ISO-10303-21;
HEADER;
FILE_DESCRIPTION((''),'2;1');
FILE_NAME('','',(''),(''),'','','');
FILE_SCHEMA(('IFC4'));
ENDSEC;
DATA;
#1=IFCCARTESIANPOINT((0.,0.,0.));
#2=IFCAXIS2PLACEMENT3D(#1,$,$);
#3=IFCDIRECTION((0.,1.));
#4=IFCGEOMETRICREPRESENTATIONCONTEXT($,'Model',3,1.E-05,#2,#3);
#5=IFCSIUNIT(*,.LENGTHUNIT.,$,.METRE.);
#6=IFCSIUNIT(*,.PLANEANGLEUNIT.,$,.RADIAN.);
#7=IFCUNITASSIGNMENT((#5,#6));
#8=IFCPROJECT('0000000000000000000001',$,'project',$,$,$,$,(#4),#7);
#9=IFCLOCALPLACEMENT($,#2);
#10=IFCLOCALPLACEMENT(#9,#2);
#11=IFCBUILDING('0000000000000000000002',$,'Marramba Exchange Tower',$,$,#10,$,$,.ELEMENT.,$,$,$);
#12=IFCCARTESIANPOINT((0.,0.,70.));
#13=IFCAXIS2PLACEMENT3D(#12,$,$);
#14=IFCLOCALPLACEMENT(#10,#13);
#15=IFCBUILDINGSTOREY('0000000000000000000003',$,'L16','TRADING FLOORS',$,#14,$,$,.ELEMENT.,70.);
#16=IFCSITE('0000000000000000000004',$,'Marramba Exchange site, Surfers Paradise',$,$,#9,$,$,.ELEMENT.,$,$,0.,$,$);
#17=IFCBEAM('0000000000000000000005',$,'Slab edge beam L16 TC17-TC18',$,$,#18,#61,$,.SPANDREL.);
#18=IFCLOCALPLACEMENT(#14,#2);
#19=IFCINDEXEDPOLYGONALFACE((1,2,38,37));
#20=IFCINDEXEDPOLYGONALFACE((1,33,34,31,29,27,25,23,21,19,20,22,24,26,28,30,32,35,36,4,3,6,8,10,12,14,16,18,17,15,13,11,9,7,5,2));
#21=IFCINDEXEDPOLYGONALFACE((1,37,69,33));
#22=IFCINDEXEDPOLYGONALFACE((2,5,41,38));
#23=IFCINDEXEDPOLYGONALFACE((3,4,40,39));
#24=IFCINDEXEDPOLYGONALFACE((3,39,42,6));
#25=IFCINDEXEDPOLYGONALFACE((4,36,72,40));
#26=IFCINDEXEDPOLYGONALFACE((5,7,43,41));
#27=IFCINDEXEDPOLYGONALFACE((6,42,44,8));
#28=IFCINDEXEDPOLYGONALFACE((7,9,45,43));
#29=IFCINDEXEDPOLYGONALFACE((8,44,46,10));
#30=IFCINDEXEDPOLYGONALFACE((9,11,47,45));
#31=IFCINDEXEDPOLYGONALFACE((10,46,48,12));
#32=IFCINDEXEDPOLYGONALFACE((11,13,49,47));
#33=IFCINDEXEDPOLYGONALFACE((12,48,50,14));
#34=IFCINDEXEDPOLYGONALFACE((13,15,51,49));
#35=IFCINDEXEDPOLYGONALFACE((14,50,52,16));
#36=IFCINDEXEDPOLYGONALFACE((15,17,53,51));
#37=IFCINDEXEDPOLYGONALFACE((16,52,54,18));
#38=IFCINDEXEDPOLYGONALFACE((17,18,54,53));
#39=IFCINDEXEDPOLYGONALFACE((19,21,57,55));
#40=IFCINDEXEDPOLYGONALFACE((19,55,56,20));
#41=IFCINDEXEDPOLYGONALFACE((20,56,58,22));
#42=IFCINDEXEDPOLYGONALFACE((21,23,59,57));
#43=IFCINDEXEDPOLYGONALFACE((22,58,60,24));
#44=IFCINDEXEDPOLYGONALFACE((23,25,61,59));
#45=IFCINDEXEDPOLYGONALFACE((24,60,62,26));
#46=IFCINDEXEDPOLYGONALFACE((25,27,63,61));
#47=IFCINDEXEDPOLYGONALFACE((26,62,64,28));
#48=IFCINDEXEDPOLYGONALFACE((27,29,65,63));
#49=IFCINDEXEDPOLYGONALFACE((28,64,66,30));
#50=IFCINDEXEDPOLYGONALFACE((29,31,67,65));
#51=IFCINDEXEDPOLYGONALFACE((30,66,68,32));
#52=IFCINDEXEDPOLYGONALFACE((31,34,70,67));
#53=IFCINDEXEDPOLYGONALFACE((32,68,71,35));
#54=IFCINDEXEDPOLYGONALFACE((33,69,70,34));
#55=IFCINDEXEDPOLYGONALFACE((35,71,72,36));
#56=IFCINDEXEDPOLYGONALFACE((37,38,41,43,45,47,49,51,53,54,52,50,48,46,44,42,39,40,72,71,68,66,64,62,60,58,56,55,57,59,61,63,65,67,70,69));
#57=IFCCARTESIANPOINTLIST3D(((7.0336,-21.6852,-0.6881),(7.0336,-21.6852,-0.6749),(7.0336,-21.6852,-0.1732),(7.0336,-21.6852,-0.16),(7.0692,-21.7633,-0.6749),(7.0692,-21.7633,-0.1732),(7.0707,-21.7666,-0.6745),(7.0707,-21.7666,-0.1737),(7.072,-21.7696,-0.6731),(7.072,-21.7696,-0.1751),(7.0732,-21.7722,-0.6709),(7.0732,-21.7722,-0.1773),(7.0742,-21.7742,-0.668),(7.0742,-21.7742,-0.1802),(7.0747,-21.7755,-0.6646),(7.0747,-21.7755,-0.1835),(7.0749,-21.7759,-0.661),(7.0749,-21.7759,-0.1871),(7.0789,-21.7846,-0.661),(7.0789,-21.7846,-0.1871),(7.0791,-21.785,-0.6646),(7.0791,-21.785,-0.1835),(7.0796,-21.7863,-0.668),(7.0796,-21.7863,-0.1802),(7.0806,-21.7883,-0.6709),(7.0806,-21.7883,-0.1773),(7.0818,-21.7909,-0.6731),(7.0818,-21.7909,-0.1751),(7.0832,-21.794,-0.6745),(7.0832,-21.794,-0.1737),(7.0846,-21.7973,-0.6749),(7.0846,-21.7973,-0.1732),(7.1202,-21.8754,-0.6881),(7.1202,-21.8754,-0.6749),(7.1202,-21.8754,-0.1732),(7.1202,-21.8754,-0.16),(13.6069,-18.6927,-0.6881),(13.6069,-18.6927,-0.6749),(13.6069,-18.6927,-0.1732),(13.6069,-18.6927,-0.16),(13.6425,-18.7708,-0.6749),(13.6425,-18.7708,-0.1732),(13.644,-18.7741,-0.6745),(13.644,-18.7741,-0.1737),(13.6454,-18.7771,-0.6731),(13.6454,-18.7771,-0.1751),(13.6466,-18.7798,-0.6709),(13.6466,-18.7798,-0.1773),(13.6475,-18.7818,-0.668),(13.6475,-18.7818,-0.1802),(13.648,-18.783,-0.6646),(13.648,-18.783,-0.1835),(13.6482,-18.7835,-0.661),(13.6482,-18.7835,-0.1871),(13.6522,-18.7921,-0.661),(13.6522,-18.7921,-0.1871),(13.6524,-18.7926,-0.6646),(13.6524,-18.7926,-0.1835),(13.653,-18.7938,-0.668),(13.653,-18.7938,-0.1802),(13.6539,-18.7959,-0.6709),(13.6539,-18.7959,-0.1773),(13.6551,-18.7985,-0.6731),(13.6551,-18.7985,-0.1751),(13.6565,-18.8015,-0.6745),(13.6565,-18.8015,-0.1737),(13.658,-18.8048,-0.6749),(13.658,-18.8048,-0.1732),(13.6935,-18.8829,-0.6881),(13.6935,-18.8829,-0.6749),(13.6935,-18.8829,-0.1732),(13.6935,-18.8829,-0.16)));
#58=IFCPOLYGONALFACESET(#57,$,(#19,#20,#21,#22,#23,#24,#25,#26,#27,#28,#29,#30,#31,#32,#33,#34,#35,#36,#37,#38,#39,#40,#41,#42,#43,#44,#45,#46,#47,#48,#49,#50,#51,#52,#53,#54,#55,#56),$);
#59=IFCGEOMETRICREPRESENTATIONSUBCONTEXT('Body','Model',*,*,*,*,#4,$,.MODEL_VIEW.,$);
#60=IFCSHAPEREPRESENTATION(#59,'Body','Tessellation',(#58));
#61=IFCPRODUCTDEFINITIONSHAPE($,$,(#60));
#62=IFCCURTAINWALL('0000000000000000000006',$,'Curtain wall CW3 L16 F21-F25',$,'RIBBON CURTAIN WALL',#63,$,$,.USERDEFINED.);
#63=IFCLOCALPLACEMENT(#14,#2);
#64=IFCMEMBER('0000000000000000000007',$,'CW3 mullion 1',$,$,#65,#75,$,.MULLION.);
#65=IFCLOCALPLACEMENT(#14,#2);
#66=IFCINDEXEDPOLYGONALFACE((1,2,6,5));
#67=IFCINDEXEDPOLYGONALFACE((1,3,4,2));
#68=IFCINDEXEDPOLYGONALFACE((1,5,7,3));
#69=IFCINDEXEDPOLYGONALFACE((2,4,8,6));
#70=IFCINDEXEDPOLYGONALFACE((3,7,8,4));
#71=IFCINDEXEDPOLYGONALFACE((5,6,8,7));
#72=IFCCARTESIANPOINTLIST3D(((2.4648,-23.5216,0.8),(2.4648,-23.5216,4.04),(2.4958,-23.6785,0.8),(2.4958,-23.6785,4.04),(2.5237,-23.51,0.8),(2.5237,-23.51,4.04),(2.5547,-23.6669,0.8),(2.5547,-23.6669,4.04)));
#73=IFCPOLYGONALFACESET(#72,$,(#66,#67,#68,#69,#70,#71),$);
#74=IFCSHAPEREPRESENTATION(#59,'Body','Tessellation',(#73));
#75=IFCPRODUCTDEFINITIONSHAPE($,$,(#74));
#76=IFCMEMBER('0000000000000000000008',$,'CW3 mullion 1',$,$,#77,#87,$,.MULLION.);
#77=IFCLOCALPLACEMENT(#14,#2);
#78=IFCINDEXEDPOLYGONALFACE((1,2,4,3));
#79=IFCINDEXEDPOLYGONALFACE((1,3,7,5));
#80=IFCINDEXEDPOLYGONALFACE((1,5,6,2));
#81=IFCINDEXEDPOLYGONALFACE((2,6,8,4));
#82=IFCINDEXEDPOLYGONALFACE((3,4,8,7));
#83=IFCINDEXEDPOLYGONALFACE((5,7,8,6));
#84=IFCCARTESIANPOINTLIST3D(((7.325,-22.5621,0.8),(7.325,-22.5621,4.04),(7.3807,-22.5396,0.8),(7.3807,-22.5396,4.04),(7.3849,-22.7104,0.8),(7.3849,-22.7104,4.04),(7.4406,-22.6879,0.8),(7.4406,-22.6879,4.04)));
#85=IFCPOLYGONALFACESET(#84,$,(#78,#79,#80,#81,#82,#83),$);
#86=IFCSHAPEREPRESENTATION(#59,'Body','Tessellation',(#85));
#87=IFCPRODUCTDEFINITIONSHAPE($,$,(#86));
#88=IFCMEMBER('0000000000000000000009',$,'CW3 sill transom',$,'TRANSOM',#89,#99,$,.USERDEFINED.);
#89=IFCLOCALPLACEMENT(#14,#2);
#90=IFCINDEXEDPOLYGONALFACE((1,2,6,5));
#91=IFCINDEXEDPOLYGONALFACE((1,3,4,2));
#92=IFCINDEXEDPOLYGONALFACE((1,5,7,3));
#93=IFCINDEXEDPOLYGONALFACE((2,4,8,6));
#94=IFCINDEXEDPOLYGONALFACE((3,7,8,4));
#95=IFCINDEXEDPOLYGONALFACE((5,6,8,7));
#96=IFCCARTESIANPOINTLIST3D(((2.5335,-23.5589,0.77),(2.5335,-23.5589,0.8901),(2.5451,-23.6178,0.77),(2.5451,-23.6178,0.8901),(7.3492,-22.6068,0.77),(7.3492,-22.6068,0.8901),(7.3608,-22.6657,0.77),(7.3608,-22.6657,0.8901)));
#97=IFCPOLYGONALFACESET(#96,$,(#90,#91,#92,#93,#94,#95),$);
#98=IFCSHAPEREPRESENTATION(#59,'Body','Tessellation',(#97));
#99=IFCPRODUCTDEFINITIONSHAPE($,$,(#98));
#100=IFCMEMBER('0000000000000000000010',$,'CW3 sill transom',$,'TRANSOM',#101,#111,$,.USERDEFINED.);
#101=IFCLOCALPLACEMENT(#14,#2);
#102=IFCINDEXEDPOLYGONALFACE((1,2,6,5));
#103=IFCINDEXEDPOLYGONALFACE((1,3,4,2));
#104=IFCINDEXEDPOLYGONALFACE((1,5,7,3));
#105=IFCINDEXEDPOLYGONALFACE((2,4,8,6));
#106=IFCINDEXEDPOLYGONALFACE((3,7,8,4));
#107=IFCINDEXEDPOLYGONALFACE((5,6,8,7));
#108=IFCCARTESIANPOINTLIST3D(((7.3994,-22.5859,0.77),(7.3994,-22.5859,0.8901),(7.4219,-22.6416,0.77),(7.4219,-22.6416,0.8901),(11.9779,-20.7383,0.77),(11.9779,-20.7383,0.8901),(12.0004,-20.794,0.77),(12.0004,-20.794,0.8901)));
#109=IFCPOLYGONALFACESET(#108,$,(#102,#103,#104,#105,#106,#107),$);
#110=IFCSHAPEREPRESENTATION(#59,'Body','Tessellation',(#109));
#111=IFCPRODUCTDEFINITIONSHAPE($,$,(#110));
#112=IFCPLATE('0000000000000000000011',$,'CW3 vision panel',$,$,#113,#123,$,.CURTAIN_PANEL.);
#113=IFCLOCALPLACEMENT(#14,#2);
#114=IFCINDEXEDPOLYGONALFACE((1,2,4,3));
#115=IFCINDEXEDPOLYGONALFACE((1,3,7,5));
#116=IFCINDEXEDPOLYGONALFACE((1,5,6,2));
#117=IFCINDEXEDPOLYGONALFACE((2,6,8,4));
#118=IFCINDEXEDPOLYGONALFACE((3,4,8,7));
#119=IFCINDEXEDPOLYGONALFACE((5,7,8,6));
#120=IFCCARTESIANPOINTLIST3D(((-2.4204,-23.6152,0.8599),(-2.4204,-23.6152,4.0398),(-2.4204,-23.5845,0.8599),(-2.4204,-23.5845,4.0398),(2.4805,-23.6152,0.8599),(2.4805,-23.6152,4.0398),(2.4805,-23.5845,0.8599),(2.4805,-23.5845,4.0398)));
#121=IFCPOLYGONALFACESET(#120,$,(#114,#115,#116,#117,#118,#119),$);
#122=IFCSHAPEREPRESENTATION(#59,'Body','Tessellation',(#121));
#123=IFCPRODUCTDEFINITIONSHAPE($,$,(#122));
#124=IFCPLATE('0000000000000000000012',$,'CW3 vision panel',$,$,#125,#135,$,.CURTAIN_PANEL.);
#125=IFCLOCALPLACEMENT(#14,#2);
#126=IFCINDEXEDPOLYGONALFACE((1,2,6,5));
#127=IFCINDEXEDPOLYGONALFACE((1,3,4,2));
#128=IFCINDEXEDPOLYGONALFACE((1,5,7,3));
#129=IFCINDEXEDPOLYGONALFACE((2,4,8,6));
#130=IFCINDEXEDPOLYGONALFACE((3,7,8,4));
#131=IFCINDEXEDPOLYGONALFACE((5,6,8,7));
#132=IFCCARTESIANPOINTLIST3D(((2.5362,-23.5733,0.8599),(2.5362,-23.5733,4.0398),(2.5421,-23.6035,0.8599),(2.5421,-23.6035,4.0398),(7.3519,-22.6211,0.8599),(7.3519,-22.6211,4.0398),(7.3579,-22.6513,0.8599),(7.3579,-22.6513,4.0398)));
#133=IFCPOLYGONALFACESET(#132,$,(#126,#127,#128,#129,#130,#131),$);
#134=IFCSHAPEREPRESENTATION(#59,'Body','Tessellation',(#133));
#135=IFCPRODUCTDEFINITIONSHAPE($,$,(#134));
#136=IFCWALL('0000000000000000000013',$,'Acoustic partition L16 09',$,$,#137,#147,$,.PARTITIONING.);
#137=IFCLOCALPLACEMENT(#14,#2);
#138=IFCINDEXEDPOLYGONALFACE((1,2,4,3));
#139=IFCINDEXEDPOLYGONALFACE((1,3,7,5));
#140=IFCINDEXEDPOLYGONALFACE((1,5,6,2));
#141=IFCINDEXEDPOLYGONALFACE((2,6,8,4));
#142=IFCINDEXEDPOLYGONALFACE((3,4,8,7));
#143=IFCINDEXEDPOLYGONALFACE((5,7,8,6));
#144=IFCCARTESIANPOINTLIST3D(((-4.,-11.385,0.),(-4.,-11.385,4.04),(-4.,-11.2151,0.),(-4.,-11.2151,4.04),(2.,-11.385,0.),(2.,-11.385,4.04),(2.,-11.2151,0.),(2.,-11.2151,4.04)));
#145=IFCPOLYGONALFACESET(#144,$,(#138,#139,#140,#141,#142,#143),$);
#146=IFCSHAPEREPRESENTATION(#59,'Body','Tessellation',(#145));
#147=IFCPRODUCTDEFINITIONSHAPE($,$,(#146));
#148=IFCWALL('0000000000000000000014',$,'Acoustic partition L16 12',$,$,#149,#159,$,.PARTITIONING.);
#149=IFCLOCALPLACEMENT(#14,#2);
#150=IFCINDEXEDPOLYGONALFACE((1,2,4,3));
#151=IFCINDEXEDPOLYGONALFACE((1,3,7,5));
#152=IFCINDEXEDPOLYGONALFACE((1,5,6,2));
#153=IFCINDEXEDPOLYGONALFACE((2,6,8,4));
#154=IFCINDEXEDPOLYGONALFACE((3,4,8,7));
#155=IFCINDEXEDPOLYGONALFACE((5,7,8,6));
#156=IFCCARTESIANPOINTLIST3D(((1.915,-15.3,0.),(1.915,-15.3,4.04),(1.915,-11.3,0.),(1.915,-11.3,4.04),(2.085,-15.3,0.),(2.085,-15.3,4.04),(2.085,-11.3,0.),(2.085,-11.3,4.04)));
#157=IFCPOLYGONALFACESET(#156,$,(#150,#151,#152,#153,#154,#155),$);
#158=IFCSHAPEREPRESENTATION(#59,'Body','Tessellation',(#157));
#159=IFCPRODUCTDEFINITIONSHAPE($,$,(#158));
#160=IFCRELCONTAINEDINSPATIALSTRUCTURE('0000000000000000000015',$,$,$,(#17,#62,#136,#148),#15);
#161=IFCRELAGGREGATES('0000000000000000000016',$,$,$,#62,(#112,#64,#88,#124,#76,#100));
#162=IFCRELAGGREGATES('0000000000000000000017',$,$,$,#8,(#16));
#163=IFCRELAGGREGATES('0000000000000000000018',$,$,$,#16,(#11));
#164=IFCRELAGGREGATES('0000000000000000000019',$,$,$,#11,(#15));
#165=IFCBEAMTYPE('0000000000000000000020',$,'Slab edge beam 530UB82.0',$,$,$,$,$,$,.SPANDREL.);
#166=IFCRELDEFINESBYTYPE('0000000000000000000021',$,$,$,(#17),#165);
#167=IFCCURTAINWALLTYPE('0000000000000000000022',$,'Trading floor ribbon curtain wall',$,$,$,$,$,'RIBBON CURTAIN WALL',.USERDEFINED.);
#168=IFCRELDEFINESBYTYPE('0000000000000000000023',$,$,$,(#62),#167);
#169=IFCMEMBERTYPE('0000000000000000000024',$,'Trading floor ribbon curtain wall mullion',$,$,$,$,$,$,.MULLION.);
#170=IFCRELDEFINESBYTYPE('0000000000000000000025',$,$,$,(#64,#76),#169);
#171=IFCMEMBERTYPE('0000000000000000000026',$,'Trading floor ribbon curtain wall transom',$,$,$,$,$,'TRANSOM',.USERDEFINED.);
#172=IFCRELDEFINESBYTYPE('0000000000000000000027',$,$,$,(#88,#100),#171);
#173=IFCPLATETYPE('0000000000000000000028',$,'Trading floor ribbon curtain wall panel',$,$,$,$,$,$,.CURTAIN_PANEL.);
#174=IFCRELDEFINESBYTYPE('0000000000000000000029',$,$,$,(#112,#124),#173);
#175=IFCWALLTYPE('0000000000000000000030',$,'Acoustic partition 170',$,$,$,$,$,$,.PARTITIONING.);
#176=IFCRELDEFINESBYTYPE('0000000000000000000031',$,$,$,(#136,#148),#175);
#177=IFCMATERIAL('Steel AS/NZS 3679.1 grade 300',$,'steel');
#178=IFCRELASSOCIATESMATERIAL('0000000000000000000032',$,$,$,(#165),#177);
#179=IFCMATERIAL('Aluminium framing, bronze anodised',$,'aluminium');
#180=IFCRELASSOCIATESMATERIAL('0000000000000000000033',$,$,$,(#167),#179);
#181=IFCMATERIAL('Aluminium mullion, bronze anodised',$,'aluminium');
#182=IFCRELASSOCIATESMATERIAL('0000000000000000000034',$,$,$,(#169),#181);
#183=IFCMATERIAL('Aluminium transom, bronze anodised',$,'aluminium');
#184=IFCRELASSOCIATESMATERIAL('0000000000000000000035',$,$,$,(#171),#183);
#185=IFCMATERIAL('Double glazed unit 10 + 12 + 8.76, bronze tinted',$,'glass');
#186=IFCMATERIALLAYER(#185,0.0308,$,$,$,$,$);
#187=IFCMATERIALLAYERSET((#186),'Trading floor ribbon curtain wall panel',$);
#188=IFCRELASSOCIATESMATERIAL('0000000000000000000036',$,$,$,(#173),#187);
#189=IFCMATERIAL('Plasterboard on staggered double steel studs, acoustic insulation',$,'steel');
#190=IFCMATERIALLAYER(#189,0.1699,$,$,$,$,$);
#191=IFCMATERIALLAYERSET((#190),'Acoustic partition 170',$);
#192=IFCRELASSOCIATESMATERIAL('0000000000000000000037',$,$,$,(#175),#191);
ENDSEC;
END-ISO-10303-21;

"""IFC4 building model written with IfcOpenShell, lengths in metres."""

from ifc_helpers import new_model, si_unit, direction, frame, frame_2d, origin, origin_2d, place, context, subcontext, project, spatial, rectangle, i_section, extrude, material, layer, layer_set, material_profile, profile_set, type_object, element, aggregate, save


model = new_model("IFC4")

# Units and contexts
model_context = context("Model", 3, precision=1e-05, world=origin(), true_north=direction((0.0, 1.0)))
body_context = subcontext(model_context, "Body", "Model", "MODEL_VIEW")
ifc_project = project(units=[si_unit("LENGTHUNIT", "METRE"), si_unit("PLANEANGLEUNIT", "RADIAN")], contexts=[model_context])

# Site, building, storey
site_placement = place(None, origin())
site = spatial("IfcSite", under=ifc_project, at=site_placement, Name="Marramba Exchange site, Surfers Paradise", CompositionType="ELEMENT", RefElevation=0.0)
building_placement = place(site_placement, origin())
building = spatial("IfcBuilding", under=site, at=building_placement, Name="Marramba Exchange Tower", CompositionType="ELEMENT")
storey_placement = place(building_placement, frame((0.0, 0.0, 70.0)))
storey = spatial("IfcBuildingStorey", under=building, at=storey_placement, Name="L16", Description="TRADING FLOORS", CompositionType="ELEMENT", Elevation=70.0)

# Beam
ifc_material_1 = material(Name="Steel AS/NZS 3679.1 grade 300", Category="steel")
ifc_material_profile_1 = material_profile(ifc_material_1, i_section(OverallWidth=0.209, OverallDepth=0.5281, WebThickness=0.0095, FlangeThickness=0.0132, FilletRadius=0.0139, at=origin_2d()), Name="530UB82.0")
ifc_profile_set_1 = profile_set([ifc_material_profile_1], Name="Steel AS/NZS 3679.1 grade 300")
beam_type_1 = type_object("IfcBeamType", Name="Slab edge beam 530UB82.0", PredefinedType="SPANDREL", material=ifc_profile_set_1)
beam_1_placement = place(storey_placement, frame((7.0769, -21.7803, -0.4241), z_axis=(0.910127, 0.41433, 0.0), x_axis=(-0.41433, 0.910127, 0.0)))
element("IfcBeam", 1, at=beam_1_placement, inside=storey, type_object=beam_type_1, Name="Slab edge beam L16 TC17-TC18", PredefinedType="SPANDREL", context=body_context, shape_type="SweptSolid", body=[
    extrude(i_section(OverallWidth=0.209, OverallDepth=0.5281, WebThickness=0.0095, FlangeThickness=0.0132, FilletRadius=0.0139, at=origin_2d()), origin(), (0.0, 0.0, 1.0), 7.2224),
])

# Curtain wall, members, plates
ifc_material_2 = material(Name="Aluminium framing, bronze anodised", Category="aluminium")
curtain_wall_type = type_object("IfcCurtainWallType", Name="Trading floor ribbon curtain wall", ElementType="RIBBON CURTAIN WALL", PredefinedType="USERDEFINED", material=ifc_material_2)
curtain_wall_placement = place(storey_placement, origin())
curtain_wall = element("IfcCurtainWall", 2, at=curtain_wall_placement, inside=storey, type_object=curtain_wall_type, Name="Curtain wall CW3 L16 F21-F25", ObjectType="RIBBON CURTAIN WALL", PredefinedType="USERDEFINED")
ifc_material_3 = material(Name="Aluminium mullion, bronze anodised", Category="aluminium")
ifc_material_profile_2 = material_profile(ifc_material_3, rectangle(XDim=0.1599, YDim=0.0601, at=origin_2d()), Name="CW3 mullion 60x160")
ifc_profile_set_2 = profile_set([ifc_material_profile_2], Name="Aluminium mullion, bronze anodised")
member_type_1 = type_object("IfcMemberType", Name="Trading floor ribbon curtain wall mullion", PredefinedType="MULLION", material=ifc_profile_set_2)
member_1_placement = place(storey_placement, frame((2.5098, -23.5942, 0.8), z_axis=(0.0, 0.0, 1.0), x_axis=(-0.193961, 0.981009, 0.0)))
member_1 = element("IfcMember", 3, at=member_1_placement, type_object=member_type_1, Name="CW3 mullion 1", PredefinedType="MULLION", context=body_context, shape_type="SweptSolid", body=[
    extrude(rectangle(XDim=0.1599, YDim=0.0601, at=origin_2d()), origin(), (0.0, 0.0, 1.0), 3.24),
])
member_2_placement = place(storey_placement, frame((7.3828, -22.625, 0.8), z_axis=(0.0, 0.0, 1.0), x_axis=(-0.374218, 0.927341, 0.0)))
member_2 = element("IfcMember", 4, at=member_2_placement, type_object=member_type_1, Name="CW3 mullion 1", PredefinedType="MULLION", context=body_context, shape_type="SweptSolid", body=[
    extrude(rectangle(XDim=0.1599, YDim=0.0601, at=origin_2d()), origin(), (0.0, 0.0, 1.0), 3.24),
])
ifc_material_4 = material(Name="Aluminium transom, bronze anodised", Category="aluminium")
ifc_material_profile_3 = material_profile(ifc_material_4, rectangle(XDim=0.0601, YDim=0.1201, at=origin_2d()), Name="CW3 transom 60x120")
ifc_profile_set_3 = profile_set([ifc_material_profile_3], Name="Aluminium transom, bronze anodised")
member_type_2 = type_object("IfcMemberType", Name="Trading floor ribbon curtain wall transom", ElementType="TRANSOM", PredefinedType="USERDEFINED", material=ifc_profile_set_3)
member_3_placement = place(storey_placement, frame((2.5393, -23.5884, 0.8301), z_axis=(0.981009, 0.193964, 0.0), x_axis=(-0.193964, 0.981009, 0.0)))
member_3 = element("IfcMember", 5, at=member_3_placement, type_object=member_type_2, Name="CW3 sill transom", ObjectType="TRANSOM", PredefinedType="USERDEFINED", context=body_context, shape_type="SweptSolid", body=[
    extrude(rectangle(XDim=0.0601, YDim=0.1201, at=origin_2d()), origin(), (0.0, 0.0, 1.0), 4.9089),
])
member_4_placement = place(storey_placement, frame((7.4106, -22.6138, 0.8301), z_axis=(0.92734, 0.374219, 0.0), x_axis=(-0.374219, 0.92734, 0.0)))
member_4 = element("IfcMember", 6, at=member_4_placement, type_object=member_type_2, Name="CW3 sill transom", ObjectType="TRANSOM", PredefinedType="USERDEFINED", context=body_context, shape_type="SweptSolid", body=[
    extrude(rectangle(XDim=0.0601, YDim=0.1201, at=origin_2d()), origin(), (0.0, 0.0, 1.0), 4.9373),
])
ifc_material_5 = material(Name="Double glazed unit 10 + 12 + 8.76, bronze tinted", Category="glass")
ifc_layer_1 = layer(ifc_material_5, 0.0308)
ifc_layer_set_1 = layer_set([ifc_layer_1], Name="Trading floor ribbon curtain wall panel")
plate_type = type_object("IfcPlateType", Name="Trading floor ribbon curtain wall panel", PredefinedType="CURTAIN_PANEL", material=ifc_layer_set_1)
plate_1_placement = place(storey_placement, frame((0.03, -23.5999, 0.8599), z_axis=(0.0, 0.0, 1.0), x_axis=(1.0, 0.0, 0.0)))
plate_1 = element("IfcPlate", 7, at=plate_1_placement, type_object=plate_type, Name="CW3 vision panel", PredefinedType="CURTAIN_PANEL", context=body_context, shape_type="SweptSolid", body=[
    extrude(rectangle(XDim=4.9009, YDim=0.0308, at=origin_2d()), origin(), (0.0, 0.0, 1.0), 3.1799),
])
plate_2_placement = place(storey_placement, frame((4.947, -23.1123, 0.8599), z_axis=(0.0, 0.0, 1.0), x_axis=(0.981009, 0.193961, 0.0)))
plate_2 = element("IfcPlate", 8, at=plate_2_placement, type_object=plate_type, Name="CW3 vision panel", PredefinedType="CURTAIN_PANEL", context=body_context, shape_type="SweptSolid", body=[
    extrude(rectangle(XDim=4.9089, YDim=0.0308, at=origin_2d()), origin(), (0.0, 0.0, 1.0), 3.1799),
])
aggregate(curtain_wall, [plate_1, member_1, member_3, plate_2, member_2, member_4])

# Walls
ifc_material_6 = material(Name="Plasterboard on staggered double steel studs, acoustic insulation", Category="steel")
ifc_layer_2 = layer(ifc_material_6, 0.1699)
ifc_layer_set_2 = layer_set([ifc_layer_2], Name="Acoustic partition 170")
wall_type_1 = type_object("IfcWallType", Name="Acoustic partition 170", PredefinedType="PARTITIONING", material=ifc_layer_set_2)
wall_1_placement = place(storey_placement, frame((2.0, -11.3, 0.0), z_axis=(0.0, 0.0, 1.0), x_axis=(-1.0, 0.0, 0.0)))
element("IfcWall", 9, at=wall_1_placement, inside=storey, type_object=wall_type_1, Name="Acoustic partition L16 09", PredefinedType="PARTITIONING", context=body_context, shape_type="SweptSolid", body=[
    extrude(rectangle(XDim=6.0, YDim=0.1699, at=frame_2d((3.0, 0.0))), origin(), (0.0, 0.0, 1.0), 4.04),
])
wall_2_placement = place(storey_placement, frame((2.0, -11.3, 0.0), z_axis=(0.0, 0.0, 1.0), x_axis=(0.0, -1.0, 0.0)))
element("IfcWall", 10, at=wall_2_placement, inside=storey, type_object=wall_type_1, Name="Acoustic partition L16 12", PredefinedType="PARTITIONING", context=body_context, shape_type="SweptSolid", body=[
    extrude(rectangle(XDim=4.0, YDim=0.1699, at=frame_2d((2.0, 0.0))), origin(), (0.0, 0.0, 1.0), 4.04),
])

save(model, "model.ifc")
